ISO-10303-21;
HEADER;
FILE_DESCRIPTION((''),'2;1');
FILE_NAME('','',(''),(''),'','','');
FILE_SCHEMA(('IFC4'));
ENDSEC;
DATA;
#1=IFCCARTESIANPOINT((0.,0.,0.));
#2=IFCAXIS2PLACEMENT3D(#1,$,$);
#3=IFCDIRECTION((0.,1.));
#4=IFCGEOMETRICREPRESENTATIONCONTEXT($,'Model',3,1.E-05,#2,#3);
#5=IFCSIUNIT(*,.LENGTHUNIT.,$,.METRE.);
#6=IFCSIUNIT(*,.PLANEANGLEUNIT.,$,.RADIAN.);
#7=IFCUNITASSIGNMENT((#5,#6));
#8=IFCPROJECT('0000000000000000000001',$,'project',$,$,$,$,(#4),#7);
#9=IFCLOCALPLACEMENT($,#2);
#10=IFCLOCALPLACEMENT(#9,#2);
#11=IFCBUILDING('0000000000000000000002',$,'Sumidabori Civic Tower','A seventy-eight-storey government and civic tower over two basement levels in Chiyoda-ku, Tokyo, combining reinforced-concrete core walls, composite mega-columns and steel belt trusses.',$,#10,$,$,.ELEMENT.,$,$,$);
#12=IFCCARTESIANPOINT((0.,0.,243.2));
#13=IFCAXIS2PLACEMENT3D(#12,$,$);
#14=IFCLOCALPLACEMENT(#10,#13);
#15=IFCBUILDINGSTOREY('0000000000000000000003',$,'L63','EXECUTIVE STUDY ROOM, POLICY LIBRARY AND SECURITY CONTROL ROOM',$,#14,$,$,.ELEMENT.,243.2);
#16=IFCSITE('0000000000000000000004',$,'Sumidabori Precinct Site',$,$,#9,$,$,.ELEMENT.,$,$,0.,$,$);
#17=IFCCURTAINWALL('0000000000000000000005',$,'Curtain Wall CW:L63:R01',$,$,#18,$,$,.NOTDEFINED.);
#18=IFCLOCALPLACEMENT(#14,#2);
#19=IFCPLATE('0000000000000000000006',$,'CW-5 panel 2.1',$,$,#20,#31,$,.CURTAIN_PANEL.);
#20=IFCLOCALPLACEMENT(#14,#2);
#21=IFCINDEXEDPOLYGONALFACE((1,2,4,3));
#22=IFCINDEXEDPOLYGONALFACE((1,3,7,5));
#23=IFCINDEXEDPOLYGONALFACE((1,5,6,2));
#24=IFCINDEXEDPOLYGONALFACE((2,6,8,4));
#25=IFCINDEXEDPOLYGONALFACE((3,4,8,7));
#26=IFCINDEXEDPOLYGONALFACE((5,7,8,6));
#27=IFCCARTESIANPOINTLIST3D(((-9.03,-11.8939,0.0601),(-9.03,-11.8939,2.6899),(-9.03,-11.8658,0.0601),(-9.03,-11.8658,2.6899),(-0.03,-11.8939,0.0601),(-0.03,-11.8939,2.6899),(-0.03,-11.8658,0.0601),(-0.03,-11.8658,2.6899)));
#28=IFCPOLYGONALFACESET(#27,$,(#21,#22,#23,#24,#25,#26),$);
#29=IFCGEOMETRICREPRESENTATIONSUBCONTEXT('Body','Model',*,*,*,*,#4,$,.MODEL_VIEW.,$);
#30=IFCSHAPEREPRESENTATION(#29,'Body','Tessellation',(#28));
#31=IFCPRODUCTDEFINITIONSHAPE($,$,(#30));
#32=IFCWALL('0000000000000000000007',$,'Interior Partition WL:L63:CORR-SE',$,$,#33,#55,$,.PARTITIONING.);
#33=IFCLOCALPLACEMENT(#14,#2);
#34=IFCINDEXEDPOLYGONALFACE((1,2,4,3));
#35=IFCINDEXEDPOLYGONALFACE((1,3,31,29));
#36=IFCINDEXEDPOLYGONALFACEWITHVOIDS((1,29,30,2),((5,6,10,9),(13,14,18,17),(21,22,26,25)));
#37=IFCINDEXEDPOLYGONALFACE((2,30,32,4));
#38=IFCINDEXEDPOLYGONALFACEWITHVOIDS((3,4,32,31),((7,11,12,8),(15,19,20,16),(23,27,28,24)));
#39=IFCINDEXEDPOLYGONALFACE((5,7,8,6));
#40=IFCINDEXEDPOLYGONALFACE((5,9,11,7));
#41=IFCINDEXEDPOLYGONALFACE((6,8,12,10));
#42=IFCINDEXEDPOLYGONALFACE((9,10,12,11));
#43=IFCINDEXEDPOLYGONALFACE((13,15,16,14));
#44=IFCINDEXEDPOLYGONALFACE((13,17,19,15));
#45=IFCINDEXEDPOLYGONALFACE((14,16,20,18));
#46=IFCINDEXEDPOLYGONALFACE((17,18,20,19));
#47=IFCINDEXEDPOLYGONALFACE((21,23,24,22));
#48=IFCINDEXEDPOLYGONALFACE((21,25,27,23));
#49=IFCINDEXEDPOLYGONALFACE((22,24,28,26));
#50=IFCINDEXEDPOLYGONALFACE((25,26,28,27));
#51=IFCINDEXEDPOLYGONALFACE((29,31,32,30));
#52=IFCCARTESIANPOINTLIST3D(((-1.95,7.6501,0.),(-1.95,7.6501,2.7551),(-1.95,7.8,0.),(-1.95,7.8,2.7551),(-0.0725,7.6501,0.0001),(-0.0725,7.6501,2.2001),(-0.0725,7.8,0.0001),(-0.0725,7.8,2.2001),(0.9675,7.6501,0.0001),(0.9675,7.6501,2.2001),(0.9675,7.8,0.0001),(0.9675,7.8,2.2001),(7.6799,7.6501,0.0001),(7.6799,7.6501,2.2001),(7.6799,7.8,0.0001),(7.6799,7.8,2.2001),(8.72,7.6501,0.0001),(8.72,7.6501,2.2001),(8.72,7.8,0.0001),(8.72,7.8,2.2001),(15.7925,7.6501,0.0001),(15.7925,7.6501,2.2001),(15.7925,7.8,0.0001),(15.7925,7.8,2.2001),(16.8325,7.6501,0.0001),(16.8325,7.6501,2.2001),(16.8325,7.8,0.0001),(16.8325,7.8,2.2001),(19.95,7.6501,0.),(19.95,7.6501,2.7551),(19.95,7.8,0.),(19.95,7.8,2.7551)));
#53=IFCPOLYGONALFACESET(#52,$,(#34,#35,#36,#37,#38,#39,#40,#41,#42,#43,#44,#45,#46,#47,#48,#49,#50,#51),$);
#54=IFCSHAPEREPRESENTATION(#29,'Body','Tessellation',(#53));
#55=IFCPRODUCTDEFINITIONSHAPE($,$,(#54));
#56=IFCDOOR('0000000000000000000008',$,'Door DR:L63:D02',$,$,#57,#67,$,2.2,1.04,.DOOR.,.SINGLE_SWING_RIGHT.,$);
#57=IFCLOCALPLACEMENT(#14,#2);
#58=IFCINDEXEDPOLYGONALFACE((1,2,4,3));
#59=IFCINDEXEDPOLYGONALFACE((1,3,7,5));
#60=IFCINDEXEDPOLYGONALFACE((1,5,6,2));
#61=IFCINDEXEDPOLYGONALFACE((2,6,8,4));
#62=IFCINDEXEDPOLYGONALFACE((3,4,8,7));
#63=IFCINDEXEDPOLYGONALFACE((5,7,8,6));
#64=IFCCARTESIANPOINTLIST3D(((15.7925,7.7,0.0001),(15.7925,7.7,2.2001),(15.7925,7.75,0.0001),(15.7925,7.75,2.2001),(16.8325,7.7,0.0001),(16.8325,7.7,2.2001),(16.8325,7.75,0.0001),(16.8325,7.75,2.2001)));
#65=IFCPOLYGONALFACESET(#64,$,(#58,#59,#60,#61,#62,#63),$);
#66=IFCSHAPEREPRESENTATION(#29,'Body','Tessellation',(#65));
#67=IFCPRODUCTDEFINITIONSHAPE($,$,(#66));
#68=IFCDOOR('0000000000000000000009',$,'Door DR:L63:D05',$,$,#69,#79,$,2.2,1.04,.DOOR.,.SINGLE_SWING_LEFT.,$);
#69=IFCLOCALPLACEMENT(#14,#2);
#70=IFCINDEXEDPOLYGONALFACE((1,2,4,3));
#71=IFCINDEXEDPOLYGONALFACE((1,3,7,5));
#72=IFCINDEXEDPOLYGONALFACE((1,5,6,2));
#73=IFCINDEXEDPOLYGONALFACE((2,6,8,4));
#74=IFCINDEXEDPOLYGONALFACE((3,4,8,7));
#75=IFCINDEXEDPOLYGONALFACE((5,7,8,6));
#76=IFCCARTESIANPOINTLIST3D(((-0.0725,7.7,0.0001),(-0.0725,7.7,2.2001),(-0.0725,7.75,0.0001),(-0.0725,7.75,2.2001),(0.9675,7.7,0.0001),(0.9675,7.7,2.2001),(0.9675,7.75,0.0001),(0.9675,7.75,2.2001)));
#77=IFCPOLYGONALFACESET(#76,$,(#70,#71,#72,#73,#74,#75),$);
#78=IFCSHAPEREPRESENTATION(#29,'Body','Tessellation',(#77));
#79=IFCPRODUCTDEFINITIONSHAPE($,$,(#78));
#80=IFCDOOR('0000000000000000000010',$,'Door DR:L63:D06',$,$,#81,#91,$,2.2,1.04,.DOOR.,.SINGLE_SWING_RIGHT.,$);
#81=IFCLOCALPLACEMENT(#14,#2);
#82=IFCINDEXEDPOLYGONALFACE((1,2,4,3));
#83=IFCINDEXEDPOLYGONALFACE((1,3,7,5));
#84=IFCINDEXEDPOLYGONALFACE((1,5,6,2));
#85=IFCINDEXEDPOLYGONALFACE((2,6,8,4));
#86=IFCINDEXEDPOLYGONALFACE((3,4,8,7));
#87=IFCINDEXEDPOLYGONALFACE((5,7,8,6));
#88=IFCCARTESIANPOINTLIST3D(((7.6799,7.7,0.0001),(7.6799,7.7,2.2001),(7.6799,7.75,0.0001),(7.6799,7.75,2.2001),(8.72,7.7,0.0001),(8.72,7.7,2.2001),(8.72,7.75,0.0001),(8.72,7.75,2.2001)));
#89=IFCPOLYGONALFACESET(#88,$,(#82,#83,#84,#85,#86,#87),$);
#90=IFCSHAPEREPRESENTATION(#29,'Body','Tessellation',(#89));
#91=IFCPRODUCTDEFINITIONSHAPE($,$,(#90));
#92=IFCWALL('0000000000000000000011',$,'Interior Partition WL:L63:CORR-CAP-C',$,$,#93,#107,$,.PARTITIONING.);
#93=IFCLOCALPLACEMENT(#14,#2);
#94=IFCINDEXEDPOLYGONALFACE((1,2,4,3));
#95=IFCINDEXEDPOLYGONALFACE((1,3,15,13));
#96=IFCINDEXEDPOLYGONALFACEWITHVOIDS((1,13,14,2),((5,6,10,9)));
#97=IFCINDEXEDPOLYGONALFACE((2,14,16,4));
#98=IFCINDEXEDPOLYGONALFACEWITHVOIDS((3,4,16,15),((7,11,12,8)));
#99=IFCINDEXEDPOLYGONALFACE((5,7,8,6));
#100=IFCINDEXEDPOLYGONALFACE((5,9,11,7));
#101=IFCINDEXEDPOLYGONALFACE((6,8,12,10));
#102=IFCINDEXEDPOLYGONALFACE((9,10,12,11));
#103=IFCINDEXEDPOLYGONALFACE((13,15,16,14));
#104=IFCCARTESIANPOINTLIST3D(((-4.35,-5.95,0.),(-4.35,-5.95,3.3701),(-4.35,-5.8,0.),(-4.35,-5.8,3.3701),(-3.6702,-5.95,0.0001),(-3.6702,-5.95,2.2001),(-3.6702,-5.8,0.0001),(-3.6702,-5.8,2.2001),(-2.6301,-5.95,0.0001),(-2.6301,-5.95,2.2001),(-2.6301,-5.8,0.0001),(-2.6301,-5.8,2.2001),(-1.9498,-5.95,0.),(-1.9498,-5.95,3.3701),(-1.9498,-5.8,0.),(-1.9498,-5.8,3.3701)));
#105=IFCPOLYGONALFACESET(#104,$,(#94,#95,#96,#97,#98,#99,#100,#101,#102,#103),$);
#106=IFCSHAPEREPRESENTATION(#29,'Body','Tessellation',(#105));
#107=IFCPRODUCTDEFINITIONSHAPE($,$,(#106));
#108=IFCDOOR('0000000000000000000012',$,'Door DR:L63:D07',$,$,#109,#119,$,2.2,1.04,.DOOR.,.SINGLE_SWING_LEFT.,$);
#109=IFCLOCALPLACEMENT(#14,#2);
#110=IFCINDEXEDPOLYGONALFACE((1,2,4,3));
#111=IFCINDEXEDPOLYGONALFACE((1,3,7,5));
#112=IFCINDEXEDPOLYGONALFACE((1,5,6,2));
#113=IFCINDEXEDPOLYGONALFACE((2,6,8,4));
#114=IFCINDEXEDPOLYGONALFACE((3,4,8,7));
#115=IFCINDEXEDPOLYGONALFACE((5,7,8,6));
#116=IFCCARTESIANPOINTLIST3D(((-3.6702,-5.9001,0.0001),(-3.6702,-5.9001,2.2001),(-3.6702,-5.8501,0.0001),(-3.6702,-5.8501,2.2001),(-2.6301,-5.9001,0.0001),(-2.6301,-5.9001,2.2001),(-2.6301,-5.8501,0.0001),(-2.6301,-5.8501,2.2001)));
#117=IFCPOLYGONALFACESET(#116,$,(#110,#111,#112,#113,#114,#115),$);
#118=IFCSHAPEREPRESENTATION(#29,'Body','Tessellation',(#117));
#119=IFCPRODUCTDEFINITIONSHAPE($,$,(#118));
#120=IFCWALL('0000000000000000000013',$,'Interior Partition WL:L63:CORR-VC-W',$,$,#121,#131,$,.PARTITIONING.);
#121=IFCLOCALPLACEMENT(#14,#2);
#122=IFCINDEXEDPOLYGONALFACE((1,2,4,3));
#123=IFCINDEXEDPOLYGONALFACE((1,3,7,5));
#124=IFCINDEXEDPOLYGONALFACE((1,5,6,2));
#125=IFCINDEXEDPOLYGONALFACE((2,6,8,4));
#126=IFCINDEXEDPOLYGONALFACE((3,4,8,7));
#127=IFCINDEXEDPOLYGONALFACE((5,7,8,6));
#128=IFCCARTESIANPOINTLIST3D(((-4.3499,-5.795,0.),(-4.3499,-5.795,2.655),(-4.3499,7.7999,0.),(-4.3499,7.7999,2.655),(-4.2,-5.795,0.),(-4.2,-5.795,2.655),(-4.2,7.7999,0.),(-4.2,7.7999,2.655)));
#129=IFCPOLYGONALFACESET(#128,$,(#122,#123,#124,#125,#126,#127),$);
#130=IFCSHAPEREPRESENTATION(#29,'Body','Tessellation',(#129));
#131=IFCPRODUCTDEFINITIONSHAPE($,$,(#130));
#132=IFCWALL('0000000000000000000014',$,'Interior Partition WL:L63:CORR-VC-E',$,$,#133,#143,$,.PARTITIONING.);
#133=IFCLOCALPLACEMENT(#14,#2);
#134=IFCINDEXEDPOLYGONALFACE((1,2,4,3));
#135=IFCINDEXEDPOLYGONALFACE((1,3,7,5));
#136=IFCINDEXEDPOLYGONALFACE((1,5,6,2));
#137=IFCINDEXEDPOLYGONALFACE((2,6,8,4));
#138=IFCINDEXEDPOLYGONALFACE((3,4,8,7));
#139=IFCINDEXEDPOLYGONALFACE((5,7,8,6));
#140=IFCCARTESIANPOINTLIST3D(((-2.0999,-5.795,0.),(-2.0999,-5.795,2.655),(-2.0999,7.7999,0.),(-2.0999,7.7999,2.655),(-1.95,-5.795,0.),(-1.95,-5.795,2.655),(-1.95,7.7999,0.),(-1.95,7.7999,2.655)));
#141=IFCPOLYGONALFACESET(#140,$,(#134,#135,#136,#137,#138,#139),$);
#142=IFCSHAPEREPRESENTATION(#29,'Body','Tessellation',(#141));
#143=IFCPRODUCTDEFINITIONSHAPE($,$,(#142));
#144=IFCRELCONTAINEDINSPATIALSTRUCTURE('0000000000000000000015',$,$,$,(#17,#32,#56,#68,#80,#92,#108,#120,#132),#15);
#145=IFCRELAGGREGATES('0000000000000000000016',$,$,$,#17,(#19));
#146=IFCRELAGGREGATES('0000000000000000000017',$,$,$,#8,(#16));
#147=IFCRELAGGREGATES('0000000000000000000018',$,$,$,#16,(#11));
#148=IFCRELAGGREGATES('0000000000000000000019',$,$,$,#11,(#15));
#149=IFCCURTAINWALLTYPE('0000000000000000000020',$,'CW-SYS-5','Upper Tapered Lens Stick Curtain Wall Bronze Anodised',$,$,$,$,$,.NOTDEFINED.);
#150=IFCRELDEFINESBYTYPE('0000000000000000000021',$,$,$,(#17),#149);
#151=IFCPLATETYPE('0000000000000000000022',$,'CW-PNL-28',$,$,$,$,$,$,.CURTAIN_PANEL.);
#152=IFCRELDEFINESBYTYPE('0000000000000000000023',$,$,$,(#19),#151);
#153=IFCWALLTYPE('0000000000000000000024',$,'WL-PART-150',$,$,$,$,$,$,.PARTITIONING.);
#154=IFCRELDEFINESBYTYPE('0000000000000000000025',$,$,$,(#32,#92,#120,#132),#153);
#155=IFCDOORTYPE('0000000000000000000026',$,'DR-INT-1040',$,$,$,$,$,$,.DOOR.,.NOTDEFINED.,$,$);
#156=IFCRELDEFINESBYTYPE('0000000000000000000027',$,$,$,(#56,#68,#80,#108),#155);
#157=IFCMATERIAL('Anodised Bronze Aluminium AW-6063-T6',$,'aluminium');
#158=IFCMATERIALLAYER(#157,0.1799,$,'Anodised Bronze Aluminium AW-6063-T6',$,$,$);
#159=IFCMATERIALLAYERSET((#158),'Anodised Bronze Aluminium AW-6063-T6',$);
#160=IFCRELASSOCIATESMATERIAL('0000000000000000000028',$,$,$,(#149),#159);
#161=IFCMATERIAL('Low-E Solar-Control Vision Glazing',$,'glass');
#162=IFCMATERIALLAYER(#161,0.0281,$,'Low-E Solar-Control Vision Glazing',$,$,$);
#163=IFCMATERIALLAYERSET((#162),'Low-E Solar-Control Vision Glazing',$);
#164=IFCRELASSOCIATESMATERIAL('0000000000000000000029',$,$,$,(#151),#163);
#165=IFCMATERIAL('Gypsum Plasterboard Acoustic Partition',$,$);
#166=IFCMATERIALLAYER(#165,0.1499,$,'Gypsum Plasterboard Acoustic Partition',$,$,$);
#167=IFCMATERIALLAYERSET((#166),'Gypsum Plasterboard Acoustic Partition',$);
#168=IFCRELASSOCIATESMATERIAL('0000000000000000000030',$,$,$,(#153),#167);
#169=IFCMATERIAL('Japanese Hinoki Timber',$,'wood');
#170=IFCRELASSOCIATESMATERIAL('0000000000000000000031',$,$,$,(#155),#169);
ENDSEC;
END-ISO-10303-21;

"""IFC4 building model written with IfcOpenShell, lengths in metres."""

from ifc_helpers import new_model, si_unit, direction, frame, frame_2d, origin, origin_2d, place, context, subcontext, project, spatial, rectangle, extrude, source, transform, mapped, material, layer, layer_set, type_object, element, fill, aggregate, save


model = new_model("IFC4")

# Units and contexts
model_context = context("Model", 3, precision=1e-05, world=origin(), true_north=direction((0.0, 1.0)))
body_context = subcontext(model_context, "Body", "Model", "MODEL_VIEW")
ifc_project = project(units=[si_unit("LENGTHUNIT", "METRE"), si_unit("PLANEANGLEUNIT", "RADIAN")], contexts=[model_context])

# Site, building, storey
site_placement = place(None, origin())
site = spatial("IfcSite", under=ifc_project, at=site_placement, Name="Sumidabori Precinct Site", CompositionType="ELEMENT", RefElevation=0.0)
building_placement = place(site_placement, origin())
building = spatial("IfcBuilding", under=site, at=building_placement, Name="Sumidabori Civic Tower", Description="A seventy-eight-storey government and civic tower over two basement levels in Chiyoda-ku, Tokyo, combining reinforced-concrete core walls, composite mega-columns and steel belt trusses.", CompositionType="ELEMENT")
storey_placement = place(building_placement, frame((0.0, 0.0, 243.2)))
storey = spatial("IfcBuildingStorey", under=building, at=storey_placement, Name="L63", Description="EXECUTIVE STUDY ROOM, POLICY LIBRARY AND SECURITY CONTROL ROOM", CompositionType="ELEMENT", Elevation=243.2)

# Curtain wall
ifc_material_1 = material(Name="Anodised Bronze Aluminium AW-6063-T6", Category="aluminium")
ifc_layer_1 = layer(ifc_material_1, 0.1799, Name="Anodised Bronze Aluminium AW-6063-T6")
ifc_layer_set_1 = layer_set([ifc_layer_1], Name="Anodised Bronze Aluminium AW-6063-T6")
curtain_wall_type = type_object("IfcCurtainWallType", Name="CW-SYS-5", Description="Upper Tapered Lens Stick Curtain Wall Bronze Anodised", PredefinedType="NOTDEFINED", material=ifc_layer_set_1)
curtain_wall_placement = place(storey_placement, origin())
curtain_wall = element("IfcCurtainWall", 1, at=curtain_wall_placement, inside=storey, type_object=curtain_wall_type, Name="Curtain Wall CW:L63:R01", PredefinedType="NOTDEFINED")

# Plate
ifc_material_2 = material(Name="Low-E Solar-Control Vision Glazing", Category="glass")
ifc_layer_2 = layer(ifc_material_2, 0.0281, Name="Low-E Solar-Control Vision Glazing")
ifc_layer_set_2 = layer_set([ifc_layer_2], Name="Low-E Solar-Control Vision Glazing")
plate_type = type_object("IfcPlateType", Name="CW-PNL-28", PredefinedType="CURTAIN_PANEL", material=ifc_layer_set_2)
shared_shape_1 = source(origin(), body_context, "Body", "SweptSolid", [
    extrude(rectangle(XDim=9.0, YDim=0.0281, at=origin_2d()), origin(), (0.0, 0.0, 1.0), 2.6299),
])
plate_placement = place(storey_placement, frame((-4.53, -11.8799, 0.0601), z_axis=(0.0, 0.0, 1.0), x_axis=(1.0, 0.0, 0.0)))
plate = element("IfcPlate", 2, at=plate_placement, type_object=plate_type, Name="CW-5 panel 2.1", PredefinedType="CURTAIN_PANEL", context=body_context, shape_type="MappedRepresentation", body=[
    mapped(shared_shape_1, transform((0.0, 0.0, 0.0), x_axis=(1.0, 0.0, 0.0), y_axis=(0.0, 1.0, 0.0), z_axis=(0.0, 0.0, 1.0), scale=1.0)),
])
aggregate(curtain_wall, [plate])

# Wall, openings, doors
ifc_material_3 = material(Name="Gypsum Plasterboard Acoustic Partition")
ifc_layer_3 = layer(ifc_material_3, 0.1499, Name="Gypsum Plasterboard Acoustic Partition")
ifc_layer_set_3 = layer_set([ifc_layer_3], Name="Gypsum Plasterboard Acoustic Partition")
wall_type = type_object("IfcWallType", Name="WL-PART-150", PredefinedType="PARTITIONING", material=ifc_layer_set_3)
shared_shape_2 = source(origin(), body_context, "Body", "SweptSolid", [
    extrude(rectangle(XDim=21.8999, YDim=0.1499, at=frame_2d((10.95, 0.0))), origin(), (0.0, 0.0, 1.0), 2.7551),
])
wall_1_placement = place(storey_placement, frame((-1.95, 7.7251, 0.0), z_axis=(0.0, 0.0, 1.0), x_axis=(1.0, 0.0, 0.0)))
wall_1 = element("IfcWall", 3, at=wall_1_placement, inside=storey, type_object=wall_type, Name="Interior Partition WL:L63:CORR-SE", PredefinedType="PARTITIONING", context=body_context, shape_type="MappedRepresentation", body=[
    mapped(shared_shape_2, transform((0.0, 0.0, 0.0), x_axis=(1.0, 0.0, 0.0), y_axis=(0.0, 1.0, 0.0), z_axis=(0.0, 0.0, 1.0), scale=1.0)),
])
opening_1_placement = place(wall_1_placement, frame((17.7424, 0.0, 0.0)))
opening_1 = element("IfcOpeningElement", 4, at=opening_1_placement, cuts=wall_1, PredefinedType="OPENING", context=body_context, shape_type="SweptSolid", body=[
    extrude(rectangle(XDim=1.04, YDim=2.2, at=frame_2d((0.52, 1.1001))), frame((0.0, 0.0869, 0.0), z_axis=(0.0, -1.0, 0.0), x_axis=(1.0, 0.0, 0.0)), (0.0, 0.0, 1.0), 0.1738),
])
opening_2_placement = place(wall_1_placement, frame((1.8774, 0.0, 0.0)))
opening_2 = element("IfcOpeningElement", 5, at=opening_2_placement, cuts=wall_1, PredefinedType="OPENING", context=body_context, shape_type="SweptSolid", body=[
    extrude(rectangle(XDim=1.04, YDim=2.2, at=frame_2d((0.52, 1.1001))), frame((0.0, 0.0869, 0.0), z_axis=(0.0, -1.0, 0.0), x_axis=(1.0, 0.0, 0.0)), (0.0, 0.0, 1.0), 0.1738),
])
opening_3_placement = place(wall_1_placement, frame((9.6299, 0.0, 0.0)))
opening_3 = element("IfcOpeningElement", 6, at=opening_3_placement, cuts=wall_1, PredefinedType="OPENING", context=body_context, shape_type="SweptSolid", body=[
    extrude(rectangle(XDim=1.04, YDim=2.2, at=frame_2d((0.52, 1.1001))), frame((0.0, 0.0869, 0.0), z_axis=(0.0, -1.0, 0.0), x_axis=(1.0, 0.0, 0.0)), (0.0, 0.0, 1.0), 0.1738),
])
ifc_material_4 = material(Name="Japanese Hinoki Timber", Category="wood")
door_type = type_object("IfcDoorType", Name="DR-INT-1040", OperationType="NOTDEFINED", PredefinedType="DOOR", material=ifc_material_4)
shared_shape_3 = source(origin(), body_context, "Body", "SweptSolid", [
    extrude(rectangle(XDim=1.04, YDim=2.2, at=frame_2d((0.52, 1.1001))), frame((0.0, 0.0249, 0.0), z_axis=(0.0, -1.0, 0.0), x_axis=(1.0, 0.0, 0.0)), (0.0, 0.0, 1.0), 0.05),
])
door_1_placement = place(opening_1_placement, origin())
door_1 = element("IfcDoor", 7, at=door_1_placement, inside=storey, type_object=door_type, Name="Door DR:L63:D02", OperationType="SINGLE_SWING_RIGHT", OverallHeight=2.2, OverallWidth=1.04, PredefinedType="DOOR", context=body_context, shape_type="MappedRepresentation", body=[
    mapped(shared_shape_3, transform((0.0, 0.0, 0.0), x_axis=(1.0, 0.0, 0.0), y_axis=(0.0, 1.0, 0.0), z_axis=(0.0, 0.0, 1.0), scale=1.0)),
])
fill(opening_1, door_1)
door_2_placement = place(opening_2_placement, origin())
door_2 = element("IfcDoor", 8, at=door_2_placement, inside=storey, type_object=door_type, Name="Door DR:L63:D05", OperationType="SINGLE_SWING_LEFT", OverallHeight=2.2, OverallWidth=1.04, PredefinedType="DOOR", context=body_context, shape_type="MappedRepresentation", body=[
    mapped(shared_shape_3, transform((0.0, 0.0, 0.0), x_axis=(1.0, 0.0, 0.0), y_axis=(0.0, 1.0, 0.0), z_axis=(0.0, 0.0, 1.0), scale=1.0)),
])
fill(opening_2, door_2)
door_3_placement = place(opening_3_placement, origin())
door_3 = element("IfcDoor", 9, at=door_3_placement, inside=storey, type_object=door_type, Name="Door DR:L63:D06", OperationType="SINGLE_SWING_RIGHT", OverallHeight=2.2, OverallWidth=1.04, PredefinedType="DOOR", context=body_context, shape_type="MappedRepresentation", body=[
    mapped(shared_shape_3, transform((0.0, 0.0, 0.0), x_axis=(1.0, 0.0, 0.0), y_axis=(0.0, 1.0, 0.0), z_axis=(0.0, 0.0, 1.0), scale=1.0)),
])
fill(opening_3, door_3)

# Wall, opening, door
shared_shape_4 = source(origin(), body_context, "Body", "SweptSolid", [
    extrude(rectangle(XDim=2.4001, YDim=0.1499, at=frame_2d((1.2002, 0.0))), origin(), (0.0, 0.0, 1.0), 3.3701),
])
wall_2_placement = place(storey_placement, frame((-4.3501, -5.875, 0.0), z_axis=(0.0, 0.0, 1.0), x_axis=(1.0, 0.0, 0.0)))
wall_2 = element("IfcWall", 10, at=wall_2_placement, inside=storey, type_object=wall_type, Name="Interior Partition WL:L63:CORR-CAP-C", PredefinedType="PARTITIONING", context=body_context, shape_type="MappedRepresentation", body=[
    mapped(shared_shape_4, transform((0.0, 0.0, 0.0), x_axis=(1.0, 0.0, 0.0), y_axis=(0.0, 1.0, 0.0), z_axis=(0.0, 0.0, 1.0), scale=1.0)),
])
opening_4_placement = place(wall_2_placement, frame((0.6799, 0.0, 0.0)))
opening_4 = element("IfcOpeningElement", 11, at=opening_4_placement, cuts=wall_2, PredefinedType="OPENING", context=body_context, shape_type="SweptSolid", body=[
    extrude(rectangle(XDim=1.04, YDim=2.2, at=frame_2d((0.52, 1.1001))), frame((0.0, 0.0869, 0.0), z_axis=(0.0, -1.0, 0.0), x_axis=(1.0, 0.0, 0.0)), (0.0, 0.0, 1.0), 0.1738),
])
door_4_placement = place(opening_4_placement, origin())
door_4 = element("IfcDoor", 12, at=door_4_placement, inside=storey, type_object=door_type, Name="Door DR:L63:D07", OperationType="SINGLE_SWING_LEFT", OverallHeight=2.2, OverallWidth=1.04, PredefinedType="DOOR", context=body_context, shape_type="MappedRepresentation", body=[
    mapped(shared_shape_3, transform((0.0, 0.0, 0.0), x_axis=(1.0, 0.0, 0.0), y_axis=(0.0, 1.0, 0.0), z_axis=(0.0, 0.0, 1.0), scale=1.0)),
])
fill(opening_4, door_4)

# Walls
shared_shape_5 = source(origin(), body_context, "Body", "SweptSolid", [
    extrude(rectangle(XDim=13.595, YDim=0.1499, at=frame_2d((6.7974, 0.0))), origin(), (0.0, 0.0, 1.0), 2.655),
])
for number, where, z_axis, x_axis, name in (
    (13, (-4.2749, -5.7949, 0.0), (0.0, 0.0, 1.0), (0.0, 1.0, 0.0), "Interior Partition WL:L63:CORR-VC-W"),
    (14, (-2.0249, -5.7949, 0.0), (0.0, 0.0, 1.0), (0.0, 1.0, 0.0), "Interior Partition WL:L63:CORR-VC-E"),
):
    element("IfcWall", number, at=place(storey_placement, frame(where, z_axis=z_axis, x_axis=x_axis)), inside=storey, type_object=wall_type, Name=name, PredefinedType="PARTITIONING", context=body_context, shape_type="MappedRepresentation", body=[
        mapped(shared_shape_5, transform((0.0, 0.0, 0.0), x_axis=(1.0, 0.0, 0.0), y_axis=(0.0, 1.0, 0.0), z_axis=(0.0, 0.0, 1.0), scale=1.0)),
    ])

save(model, "model.ifc")
